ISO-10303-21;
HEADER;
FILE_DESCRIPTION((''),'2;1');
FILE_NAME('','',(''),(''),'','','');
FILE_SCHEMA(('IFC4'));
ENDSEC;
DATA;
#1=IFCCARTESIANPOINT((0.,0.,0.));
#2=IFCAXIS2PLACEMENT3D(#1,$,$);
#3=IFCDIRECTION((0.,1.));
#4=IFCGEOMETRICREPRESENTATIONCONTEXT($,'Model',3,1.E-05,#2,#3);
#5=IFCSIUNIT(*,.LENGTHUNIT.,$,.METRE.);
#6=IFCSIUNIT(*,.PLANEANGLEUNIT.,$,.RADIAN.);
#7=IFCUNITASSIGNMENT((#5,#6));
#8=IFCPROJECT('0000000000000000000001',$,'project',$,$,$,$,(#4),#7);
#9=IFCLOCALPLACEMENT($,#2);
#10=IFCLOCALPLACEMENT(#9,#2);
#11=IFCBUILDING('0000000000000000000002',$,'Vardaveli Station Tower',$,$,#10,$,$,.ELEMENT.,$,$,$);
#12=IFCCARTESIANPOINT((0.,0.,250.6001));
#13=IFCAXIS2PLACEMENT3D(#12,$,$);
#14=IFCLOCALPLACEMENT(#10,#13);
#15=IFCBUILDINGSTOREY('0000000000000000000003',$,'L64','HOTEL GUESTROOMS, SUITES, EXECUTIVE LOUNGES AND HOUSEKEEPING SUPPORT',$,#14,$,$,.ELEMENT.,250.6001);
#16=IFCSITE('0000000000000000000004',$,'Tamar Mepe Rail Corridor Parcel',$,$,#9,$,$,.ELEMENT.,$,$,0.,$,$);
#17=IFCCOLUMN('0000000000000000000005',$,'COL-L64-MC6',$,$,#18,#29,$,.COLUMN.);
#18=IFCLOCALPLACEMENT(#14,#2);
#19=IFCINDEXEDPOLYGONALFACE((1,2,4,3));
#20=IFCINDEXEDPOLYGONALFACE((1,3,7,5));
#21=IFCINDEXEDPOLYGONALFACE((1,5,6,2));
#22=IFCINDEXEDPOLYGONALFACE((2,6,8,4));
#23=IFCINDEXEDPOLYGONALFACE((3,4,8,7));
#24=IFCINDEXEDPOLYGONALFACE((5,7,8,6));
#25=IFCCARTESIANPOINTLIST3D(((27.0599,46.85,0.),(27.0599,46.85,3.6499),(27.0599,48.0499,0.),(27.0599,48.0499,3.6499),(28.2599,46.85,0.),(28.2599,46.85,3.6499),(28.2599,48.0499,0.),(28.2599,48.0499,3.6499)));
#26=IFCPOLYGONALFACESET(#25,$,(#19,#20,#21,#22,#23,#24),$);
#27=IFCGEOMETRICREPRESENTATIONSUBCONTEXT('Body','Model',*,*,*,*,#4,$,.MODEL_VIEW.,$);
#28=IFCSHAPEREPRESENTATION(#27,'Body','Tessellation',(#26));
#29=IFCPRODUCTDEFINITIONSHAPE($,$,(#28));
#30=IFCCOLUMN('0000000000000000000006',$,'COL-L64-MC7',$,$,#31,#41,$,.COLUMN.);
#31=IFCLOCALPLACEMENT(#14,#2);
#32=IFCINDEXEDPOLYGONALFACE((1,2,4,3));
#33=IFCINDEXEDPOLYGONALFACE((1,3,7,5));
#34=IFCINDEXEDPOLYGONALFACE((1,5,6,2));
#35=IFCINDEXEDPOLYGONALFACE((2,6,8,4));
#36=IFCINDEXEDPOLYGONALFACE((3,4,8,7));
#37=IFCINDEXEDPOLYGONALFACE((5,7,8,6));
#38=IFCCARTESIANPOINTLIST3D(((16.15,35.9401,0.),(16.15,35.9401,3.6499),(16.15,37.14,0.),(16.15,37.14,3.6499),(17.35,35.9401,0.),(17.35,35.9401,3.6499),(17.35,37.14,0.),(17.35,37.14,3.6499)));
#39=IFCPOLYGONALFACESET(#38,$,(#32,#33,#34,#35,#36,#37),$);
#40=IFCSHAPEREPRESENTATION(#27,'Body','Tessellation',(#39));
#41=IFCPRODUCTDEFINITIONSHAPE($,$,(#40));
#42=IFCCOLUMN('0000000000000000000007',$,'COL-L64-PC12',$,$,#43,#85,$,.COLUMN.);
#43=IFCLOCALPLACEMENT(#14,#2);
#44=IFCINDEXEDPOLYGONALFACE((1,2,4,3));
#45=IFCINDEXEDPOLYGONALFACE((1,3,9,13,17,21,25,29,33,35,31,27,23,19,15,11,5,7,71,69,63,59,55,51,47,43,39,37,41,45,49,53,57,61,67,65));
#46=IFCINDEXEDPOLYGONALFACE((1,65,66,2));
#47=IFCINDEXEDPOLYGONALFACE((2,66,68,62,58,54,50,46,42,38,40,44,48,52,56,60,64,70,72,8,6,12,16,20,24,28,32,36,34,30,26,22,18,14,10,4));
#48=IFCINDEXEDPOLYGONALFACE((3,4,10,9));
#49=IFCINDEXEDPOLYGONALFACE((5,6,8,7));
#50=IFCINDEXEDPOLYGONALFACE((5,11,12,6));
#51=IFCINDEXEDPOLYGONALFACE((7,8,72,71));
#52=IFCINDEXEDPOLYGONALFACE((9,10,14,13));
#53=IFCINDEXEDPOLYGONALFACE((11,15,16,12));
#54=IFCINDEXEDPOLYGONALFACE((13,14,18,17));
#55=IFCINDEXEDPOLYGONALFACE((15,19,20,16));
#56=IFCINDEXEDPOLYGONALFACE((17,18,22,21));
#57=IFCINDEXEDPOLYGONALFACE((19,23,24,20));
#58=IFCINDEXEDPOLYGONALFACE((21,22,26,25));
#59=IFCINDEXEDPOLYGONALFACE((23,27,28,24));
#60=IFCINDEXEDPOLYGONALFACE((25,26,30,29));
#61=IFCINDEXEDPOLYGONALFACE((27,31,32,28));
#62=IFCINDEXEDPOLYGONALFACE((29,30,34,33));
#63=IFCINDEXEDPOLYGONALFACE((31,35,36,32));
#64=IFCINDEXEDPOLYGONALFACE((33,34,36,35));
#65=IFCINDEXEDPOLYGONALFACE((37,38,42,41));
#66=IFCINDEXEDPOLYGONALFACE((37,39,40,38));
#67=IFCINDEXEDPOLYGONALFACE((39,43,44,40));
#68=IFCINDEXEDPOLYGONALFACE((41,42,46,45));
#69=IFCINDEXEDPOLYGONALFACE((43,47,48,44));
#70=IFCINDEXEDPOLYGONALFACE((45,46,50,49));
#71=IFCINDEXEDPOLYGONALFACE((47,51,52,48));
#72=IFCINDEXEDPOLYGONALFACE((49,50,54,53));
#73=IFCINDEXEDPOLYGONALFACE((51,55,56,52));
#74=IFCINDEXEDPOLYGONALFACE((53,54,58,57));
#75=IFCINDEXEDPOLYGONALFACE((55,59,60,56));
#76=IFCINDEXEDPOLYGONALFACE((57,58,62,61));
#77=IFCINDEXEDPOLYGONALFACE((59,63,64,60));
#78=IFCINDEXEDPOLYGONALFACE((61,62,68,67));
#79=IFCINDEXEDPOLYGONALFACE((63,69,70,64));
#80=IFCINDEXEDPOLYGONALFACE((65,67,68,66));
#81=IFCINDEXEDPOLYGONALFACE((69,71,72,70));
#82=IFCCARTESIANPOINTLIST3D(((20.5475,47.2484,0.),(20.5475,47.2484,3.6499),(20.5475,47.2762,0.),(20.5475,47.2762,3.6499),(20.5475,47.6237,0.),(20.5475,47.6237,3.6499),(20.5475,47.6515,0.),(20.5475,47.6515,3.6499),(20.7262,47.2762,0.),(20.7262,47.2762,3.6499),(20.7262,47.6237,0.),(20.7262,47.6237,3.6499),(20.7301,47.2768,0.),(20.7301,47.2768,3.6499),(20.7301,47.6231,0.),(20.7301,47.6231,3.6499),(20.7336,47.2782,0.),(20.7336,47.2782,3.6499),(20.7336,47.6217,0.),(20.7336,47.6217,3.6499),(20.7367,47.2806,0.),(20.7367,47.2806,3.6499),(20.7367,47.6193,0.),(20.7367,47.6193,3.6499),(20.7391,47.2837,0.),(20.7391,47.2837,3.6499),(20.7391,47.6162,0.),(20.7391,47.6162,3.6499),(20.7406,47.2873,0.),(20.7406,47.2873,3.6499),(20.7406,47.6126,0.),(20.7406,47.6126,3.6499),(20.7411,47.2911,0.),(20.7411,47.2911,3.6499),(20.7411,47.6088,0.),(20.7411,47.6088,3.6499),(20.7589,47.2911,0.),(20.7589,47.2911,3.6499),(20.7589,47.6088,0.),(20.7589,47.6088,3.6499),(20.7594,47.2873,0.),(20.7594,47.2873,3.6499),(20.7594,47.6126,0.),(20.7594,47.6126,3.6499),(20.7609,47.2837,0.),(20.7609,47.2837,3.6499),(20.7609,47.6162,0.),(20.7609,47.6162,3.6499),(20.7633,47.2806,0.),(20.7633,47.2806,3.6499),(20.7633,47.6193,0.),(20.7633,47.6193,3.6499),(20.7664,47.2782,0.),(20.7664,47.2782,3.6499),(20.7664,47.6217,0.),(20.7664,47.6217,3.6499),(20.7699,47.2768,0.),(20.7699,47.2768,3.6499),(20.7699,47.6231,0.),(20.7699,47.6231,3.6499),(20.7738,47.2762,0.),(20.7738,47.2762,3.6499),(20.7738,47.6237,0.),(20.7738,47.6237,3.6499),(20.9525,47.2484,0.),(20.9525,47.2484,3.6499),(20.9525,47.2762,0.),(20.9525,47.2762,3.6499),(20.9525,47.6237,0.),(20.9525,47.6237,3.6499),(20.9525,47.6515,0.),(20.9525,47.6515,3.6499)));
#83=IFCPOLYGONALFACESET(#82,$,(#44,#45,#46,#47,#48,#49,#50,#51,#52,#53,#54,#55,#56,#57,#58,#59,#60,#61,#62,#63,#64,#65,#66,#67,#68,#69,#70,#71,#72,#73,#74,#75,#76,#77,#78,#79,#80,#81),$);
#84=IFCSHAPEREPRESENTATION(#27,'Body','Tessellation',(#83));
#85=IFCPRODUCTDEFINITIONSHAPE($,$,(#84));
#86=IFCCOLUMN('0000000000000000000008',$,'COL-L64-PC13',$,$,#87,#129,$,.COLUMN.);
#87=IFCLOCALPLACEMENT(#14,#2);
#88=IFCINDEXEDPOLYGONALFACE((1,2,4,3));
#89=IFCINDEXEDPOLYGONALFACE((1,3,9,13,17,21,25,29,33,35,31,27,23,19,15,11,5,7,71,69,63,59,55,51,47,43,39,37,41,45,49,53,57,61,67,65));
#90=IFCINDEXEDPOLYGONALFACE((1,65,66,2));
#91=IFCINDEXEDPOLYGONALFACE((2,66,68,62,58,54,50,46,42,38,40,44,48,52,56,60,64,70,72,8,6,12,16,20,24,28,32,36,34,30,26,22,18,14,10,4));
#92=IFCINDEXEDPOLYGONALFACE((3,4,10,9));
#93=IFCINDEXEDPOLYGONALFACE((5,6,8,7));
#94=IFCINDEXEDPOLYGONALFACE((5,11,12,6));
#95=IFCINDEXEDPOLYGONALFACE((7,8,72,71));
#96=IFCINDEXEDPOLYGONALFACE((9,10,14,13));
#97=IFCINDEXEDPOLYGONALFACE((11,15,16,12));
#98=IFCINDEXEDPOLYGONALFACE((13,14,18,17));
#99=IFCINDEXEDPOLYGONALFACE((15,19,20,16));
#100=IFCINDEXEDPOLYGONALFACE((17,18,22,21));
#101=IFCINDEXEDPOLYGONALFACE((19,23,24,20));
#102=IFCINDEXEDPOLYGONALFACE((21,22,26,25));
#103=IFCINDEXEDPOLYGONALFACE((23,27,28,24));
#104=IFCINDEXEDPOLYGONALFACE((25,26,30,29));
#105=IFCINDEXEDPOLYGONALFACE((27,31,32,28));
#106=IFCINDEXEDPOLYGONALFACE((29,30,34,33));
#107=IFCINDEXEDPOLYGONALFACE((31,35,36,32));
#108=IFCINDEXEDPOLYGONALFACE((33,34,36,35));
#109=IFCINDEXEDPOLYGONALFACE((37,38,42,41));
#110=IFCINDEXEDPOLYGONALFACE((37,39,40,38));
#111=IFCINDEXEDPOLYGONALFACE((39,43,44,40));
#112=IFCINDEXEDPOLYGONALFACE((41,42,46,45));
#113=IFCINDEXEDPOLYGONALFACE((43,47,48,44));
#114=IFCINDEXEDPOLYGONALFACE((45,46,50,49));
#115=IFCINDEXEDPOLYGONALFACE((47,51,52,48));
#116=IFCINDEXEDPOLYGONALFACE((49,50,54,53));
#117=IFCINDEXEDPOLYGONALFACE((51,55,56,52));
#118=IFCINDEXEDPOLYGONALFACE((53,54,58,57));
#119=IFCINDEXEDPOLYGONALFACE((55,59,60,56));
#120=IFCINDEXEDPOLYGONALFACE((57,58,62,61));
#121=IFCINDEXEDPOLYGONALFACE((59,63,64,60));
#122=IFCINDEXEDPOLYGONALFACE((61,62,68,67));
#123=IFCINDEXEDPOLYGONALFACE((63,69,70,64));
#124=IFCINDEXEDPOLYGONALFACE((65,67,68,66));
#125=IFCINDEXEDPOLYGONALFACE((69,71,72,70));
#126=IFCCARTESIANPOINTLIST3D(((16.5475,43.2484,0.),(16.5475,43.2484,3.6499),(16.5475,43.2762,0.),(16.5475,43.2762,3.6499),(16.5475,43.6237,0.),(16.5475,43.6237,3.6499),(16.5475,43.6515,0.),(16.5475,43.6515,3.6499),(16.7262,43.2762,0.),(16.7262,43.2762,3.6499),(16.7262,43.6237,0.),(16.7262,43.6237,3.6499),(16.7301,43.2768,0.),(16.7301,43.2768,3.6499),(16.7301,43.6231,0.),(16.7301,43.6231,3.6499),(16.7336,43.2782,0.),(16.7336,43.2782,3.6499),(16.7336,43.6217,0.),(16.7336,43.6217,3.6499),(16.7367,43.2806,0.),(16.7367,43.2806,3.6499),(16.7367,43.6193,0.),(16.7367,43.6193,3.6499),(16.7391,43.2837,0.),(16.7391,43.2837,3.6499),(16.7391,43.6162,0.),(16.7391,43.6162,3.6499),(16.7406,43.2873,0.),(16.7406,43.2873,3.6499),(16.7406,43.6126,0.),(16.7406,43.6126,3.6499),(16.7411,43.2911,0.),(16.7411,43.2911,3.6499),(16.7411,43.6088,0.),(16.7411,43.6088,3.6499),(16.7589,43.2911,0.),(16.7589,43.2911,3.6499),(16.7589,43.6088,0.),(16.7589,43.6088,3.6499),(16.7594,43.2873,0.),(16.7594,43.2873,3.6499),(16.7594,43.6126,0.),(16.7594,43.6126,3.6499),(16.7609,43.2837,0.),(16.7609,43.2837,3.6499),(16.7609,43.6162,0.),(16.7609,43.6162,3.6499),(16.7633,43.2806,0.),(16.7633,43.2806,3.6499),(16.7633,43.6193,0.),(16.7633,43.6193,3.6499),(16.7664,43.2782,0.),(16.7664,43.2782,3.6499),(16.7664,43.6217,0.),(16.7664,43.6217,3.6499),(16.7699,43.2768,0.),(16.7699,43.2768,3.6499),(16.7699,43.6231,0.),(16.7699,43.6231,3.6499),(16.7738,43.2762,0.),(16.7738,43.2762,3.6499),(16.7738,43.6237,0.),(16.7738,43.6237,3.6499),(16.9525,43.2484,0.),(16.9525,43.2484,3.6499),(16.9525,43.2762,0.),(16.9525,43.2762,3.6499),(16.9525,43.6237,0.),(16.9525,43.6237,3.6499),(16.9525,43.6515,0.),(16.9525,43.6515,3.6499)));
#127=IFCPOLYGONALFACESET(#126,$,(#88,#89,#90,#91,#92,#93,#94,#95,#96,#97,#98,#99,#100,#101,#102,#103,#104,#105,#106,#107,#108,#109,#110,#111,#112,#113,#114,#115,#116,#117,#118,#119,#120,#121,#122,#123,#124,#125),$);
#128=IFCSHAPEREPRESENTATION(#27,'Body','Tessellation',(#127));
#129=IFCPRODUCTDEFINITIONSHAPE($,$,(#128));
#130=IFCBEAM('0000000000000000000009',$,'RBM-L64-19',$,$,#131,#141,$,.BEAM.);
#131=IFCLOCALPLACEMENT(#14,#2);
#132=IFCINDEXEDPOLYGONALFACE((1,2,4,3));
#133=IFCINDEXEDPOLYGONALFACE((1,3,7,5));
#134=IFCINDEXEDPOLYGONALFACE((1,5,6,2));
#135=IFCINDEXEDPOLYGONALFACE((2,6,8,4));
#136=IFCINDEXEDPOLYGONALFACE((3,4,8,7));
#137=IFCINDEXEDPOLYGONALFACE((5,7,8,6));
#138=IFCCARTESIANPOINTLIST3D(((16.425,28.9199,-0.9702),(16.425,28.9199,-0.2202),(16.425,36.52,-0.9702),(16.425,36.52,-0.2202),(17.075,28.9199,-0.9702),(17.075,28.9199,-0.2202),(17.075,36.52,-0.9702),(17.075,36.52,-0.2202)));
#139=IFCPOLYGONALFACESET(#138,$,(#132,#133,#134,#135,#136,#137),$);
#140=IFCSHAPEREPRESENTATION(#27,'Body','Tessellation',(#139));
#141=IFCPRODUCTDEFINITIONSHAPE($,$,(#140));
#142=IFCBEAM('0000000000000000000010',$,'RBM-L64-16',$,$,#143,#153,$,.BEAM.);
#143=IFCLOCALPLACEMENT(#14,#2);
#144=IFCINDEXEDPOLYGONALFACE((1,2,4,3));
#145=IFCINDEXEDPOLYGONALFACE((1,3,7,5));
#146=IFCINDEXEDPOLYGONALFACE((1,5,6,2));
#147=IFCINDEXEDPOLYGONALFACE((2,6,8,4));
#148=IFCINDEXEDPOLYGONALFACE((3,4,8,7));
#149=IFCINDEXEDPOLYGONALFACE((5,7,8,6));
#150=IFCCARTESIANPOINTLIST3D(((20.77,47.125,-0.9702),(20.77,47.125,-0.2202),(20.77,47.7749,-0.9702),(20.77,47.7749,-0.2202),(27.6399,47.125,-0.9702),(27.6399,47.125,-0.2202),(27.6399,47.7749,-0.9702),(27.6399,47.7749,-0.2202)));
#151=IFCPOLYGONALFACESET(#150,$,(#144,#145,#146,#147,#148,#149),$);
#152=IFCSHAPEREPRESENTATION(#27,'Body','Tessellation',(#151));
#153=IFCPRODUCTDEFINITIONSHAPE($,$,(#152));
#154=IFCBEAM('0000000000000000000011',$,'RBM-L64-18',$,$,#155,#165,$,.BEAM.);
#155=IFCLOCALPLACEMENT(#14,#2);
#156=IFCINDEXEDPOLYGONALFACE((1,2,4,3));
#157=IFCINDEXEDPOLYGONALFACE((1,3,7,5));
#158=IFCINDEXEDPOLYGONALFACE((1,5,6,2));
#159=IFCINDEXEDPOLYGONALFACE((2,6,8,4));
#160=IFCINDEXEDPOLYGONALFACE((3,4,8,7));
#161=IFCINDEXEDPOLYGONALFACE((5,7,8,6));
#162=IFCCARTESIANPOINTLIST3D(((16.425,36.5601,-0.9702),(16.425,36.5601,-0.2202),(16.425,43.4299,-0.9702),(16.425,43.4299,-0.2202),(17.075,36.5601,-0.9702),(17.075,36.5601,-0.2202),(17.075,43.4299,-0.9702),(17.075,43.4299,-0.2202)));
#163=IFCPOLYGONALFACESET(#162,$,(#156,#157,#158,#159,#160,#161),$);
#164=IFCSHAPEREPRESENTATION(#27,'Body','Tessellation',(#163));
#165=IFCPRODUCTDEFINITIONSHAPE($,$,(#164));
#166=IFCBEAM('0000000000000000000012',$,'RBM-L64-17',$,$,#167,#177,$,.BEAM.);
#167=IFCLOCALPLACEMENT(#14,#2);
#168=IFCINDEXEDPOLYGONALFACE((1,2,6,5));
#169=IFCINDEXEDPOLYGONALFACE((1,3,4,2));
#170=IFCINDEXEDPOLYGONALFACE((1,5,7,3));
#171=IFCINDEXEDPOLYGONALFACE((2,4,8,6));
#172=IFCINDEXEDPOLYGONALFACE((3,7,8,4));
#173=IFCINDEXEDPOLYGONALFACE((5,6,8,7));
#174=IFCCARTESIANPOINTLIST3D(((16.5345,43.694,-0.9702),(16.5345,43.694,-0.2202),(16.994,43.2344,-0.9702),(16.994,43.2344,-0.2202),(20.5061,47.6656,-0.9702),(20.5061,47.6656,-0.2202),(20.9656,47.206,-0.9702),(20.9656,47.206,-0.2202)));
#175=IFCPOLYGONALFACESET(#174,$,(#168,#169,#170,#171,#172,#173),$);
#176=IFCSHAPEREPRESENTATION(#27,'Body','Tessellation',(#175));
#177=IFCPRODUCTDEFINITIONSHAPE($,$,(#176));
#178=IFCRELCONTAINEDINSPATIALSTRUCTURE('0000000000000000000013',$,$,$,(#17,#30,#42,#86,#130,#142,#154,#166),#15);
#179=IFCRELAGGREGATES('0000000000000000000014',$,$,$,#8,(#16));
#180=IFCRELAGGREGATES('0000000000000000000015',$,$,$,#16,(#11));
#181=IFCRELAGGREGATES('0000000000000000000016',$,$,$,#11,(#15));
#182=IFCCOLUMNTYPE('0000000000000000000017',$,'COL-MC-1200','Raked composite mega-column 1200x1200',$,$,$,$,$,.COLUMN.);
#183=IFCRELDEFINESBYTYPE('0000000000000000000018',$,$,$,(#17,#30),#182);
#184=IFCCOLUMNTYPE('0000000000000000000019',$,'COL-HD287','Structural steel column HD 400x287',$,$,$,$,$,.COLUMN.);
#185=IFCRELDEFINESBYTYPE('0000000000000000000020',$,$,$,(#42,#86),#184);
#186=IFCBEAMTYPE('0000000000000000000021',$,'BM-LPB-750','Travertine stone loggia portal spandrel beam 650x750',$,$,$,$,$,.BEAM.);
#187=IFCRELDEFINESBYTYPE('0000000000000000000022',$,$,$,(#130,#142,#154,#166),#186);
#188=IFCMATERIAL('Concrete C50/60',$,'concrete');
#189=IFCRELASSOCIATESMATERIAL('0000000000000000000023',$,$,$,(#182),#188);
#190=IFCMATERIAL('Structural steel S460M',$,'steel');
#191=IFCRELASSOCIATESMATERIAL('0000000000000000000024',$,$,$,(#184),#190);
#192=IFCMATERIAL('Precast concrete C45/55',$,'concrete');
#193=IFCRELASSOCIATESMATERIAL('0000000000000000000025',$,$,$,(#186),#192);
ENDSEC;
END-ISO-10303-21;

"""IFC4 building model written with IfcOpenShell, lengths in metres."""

from ifc_helpers import new_model, si_unit, direction, frame, origin, origin_2d, place, context, subcontext, project, spatial, rectangle, i_section, extrude, source, transform, mapped, material, material_profile, profile_set, type_object, element, save


model = new_model("IFC4")

# Units and contexts
model_context = context("Model", 3, precision=1e-05, world=origin(), true_north=direction((0.0, 1.0)))
body_context = subcontext(model_context, "Body", "Model", "MODEL_VIEW")
ifc_project = project(units=[si_unit("LENGTHUNIT", "METRE"), si_unit("PLANEANGLEUNIT", "RADIAN")], contexts=[model_context])

# Site, building, storey
site_placement = place(None, origin())
site = spatial("IfcSite", under=ifc_project, at=site_placement, Name="Tamar Mepe Rail Corridor Parcel", CompositionType="ELEMENT", RefElevation=0.0)
building_placement = place(site_placement, origin())
building = spatial("IfcBuilding", under=site, at=building_placement, Name="Vardaveli Station Tower", CompositionType="ELEMENT")
storey_placement = place(building_placement, frame((0.0, 0.0, 250.6001)))
storey = spatial("IfcBuildingStorey", under=building, at=storey_placement, Name="L64", Description="HOTEL GUESTROOMS, SUITES, EXECUTIVE LOUNGES AND HOUSEKEEPING SUPPORT", CompositionType="ELEMENT", Elevation=250.6001)

# Columns
ifc_material_1 = material(Name="Concrete C50/60", Category="concrete")
ifc_material_profile_1 = material_profile(ifc_material_1, rectangle(XDim=1.2, YDim=1.2, at=origin_2d()), Name="MC 1200x1200")
ifc_profile_set_1 = profile_set([ifc_material_profile_1], Name="Concrete C50/60")
column_type_1 = type_object("IfcColumnType", Name="COL-MC-1200", Description="Raked composite mega-column 1200x1200", PredefinedType="COLUMN", material=ifc_profile_set_1)
shared_shape_1 = source(origin(), body_context, "Body", "SweptSolid", [
    extrude(rectangle(XDim=1.2, YDim=1.2, at=origin_2d()), origin(), (0.0, 0.0, 1.0), 3.6499),
])
for number, where, z_axis, x_axis, name in (
    (1, (27.6599, 47.45, 0.0), (0.0, 0.0, 1.0), (1.0, 0.0, 0.0), "COL-L64-MC6"),
    (2, (16.75, 36.54, 0.0), (0.0, 0.0, 1.0), (1.0, 0.0, 0.0), "COL-L64-MC7"),
):
    element("IfcColumn", number, at=place(storey_placement, frame(where, z_axis=z_axis, x_axis=x_axis)), inside=storey, type_object=column_type_1, Name=name, PredefinedType="COLUMN", context=body_context, shape_type="MappedRepresentation", body=[
        mapped(shared_shape_1, transform((0.0, 0.0, 0.0), scale=1.0)),
    ])
ifc_material_2 = material(Name="Structural steel S460M", Category="steel")
ifc_material_profile_2 = material_profile(ifc_material_2, i_section(OverallWidth=0.405, OverallDepth=0.4031, WebThickness=0.0178, FlangeThickness=0.0278, FilletRadius=0.0149, at=origin_2d()), Name="HD 400x287")
ifc_profile_set_2 = profile_set([ifc_material_profile_2], Name="Structural steel S460M")
column_type_2 = type_object("IfcColumnType", Name="COL-HD287", Description="Structural steel column HD 400x287", PredefinedType="COLUMN", material=ifc_profile_set_2)
shared_shape_2 = source(origin(), body_context, "Body", "SweptSolid", [
    extrude(i_section(OverallWidth=0.405, OverallDepth=0.4031, WebThickness=0.0178, FlangeThickness=0.0278, FilletRadius=0.0149, at=origin_2d()), origin(), (0.0, 0.0, 1.0), 3.6499),
])
for number, where, z_axis, x_axis, name in (
    (3, (20.75, 47.45, 0.0), (0.0, 0.0, 1.0), (1.0, 0.0, 0.0), "COL-L64-PC12"),
    (4, (16.75, 43.45, 0.0), (0.0, 0.0, 1.0), (1.0, 0.0, 0.0), "COL-L64-PC13"),
):
    element("IfcColumn", number, at=place(storey_placement, frame(where, z_axis=z_axis, x_axis=x_axis)), inside=storey, type_object=column_type_2, Name=name, PredefinedType="COLUMN", context=body_context, shape_type="MappedRepresentation", body=[
        mapped(shared_shape_2, transform((0.0, 0.0, 0.0), scale=1.0)),
    ])

# Beams
ifc_material_3 = material(Name="Precast concrete C45/55", Category="concrete")
ifc_material_profile_3 = material_profile(ifc_material_3, rectangle(XDim=0.6499, YDim=0.75, at=origin_2d()), Name="LPB 650x750")
ifc_profile_set_3 = profile_set([ifc_material_profile_3], Name="Precast concrete C45/55")
beam_type_1 = type_object("IfcBeamType", Name="BM-LPB-750", Description="Travertine stone loggia portal spandrel beam 650x750", PredefinedType="BEAM", material=ifc_profile_set_3)
shared_shape_3 = source(origin(), body_context, "Body", "SweptSolid", [
    extrude(rectangle(XDim=0.6499, YDim=0.75, at=origin_2d()), origin(), (0.0, 0.0, 1.0), 7.6001),
])
beam_1_placement = place(storey_placement, frame((16.75, 36.52, -0.5952), z_axis=(0.0, -1.0, 0.0), x_axis=(1.0, 0.0, 0.0)))
element("IfcBeam", 5, at=beam_1_placement, inside=storey, type_object=beam_type_1, Name="RBM-L64-19", PredefinedType="BEAM", context=body_context, shape_type="MappedRepresentation", body=[
    mapped(shared_shape_3, transform((0.0, 0.0, 0.0), scale=1.0)),
])
shared_shape_4 = source(origin(), body_context, "Body", "SweptSolid", [
    extrude(rectangle(XDim=0.6499, YDim=0.75, at=origin_2d()), origin(), (0.0, 0.0, 1.0), 6.8699),
])
for number, where, z_axis, x_axis, name in (
    (6, (27.6399, 47.45, -0.5952), (-1.0, 0.0, 0.0), (0.0, -1.0, 0.0), "RBM-L64-16"),
    (7, (16.75, 43.4299, -0.5952), (0.0, -1.0, 0.0), (1.0, 0.0, 0.0), "RBM-L64-18"),
):
    element("IfcBeam", number, at=place(storey_placement, frame(where, z_axis=z_axis, x_axis=x_axis)), inside=storey, type_object=beam_type_1, Name=name, PredefinedType="BEAM", context=body_context, shape_type="MappedRepresentation", body=[
        mapped(shared_shape_4, transform((0.0, 0.0, 0.0), scale=1.0)),
    ])
shared_shape_5 = source(origin(), body_context, "Body", "SweptSolid", [
    extrude(rectangle(XDim=0.6499, YDim=0.75, at=origin_2d()), origin(), (0.0, 0.0, 1.0), 5.6167),
])
beam_2_placement = place(storey_placement, frame((20.7358, 47.4358, -0.5952), z_axis=(-0.707107, -0.707107, 0.0), x_axis=(0.707107, -0.707107, 0.0)))
element("IfcBeam", 8, at=beam_2_placement, inside=storey, type_object=beam_type_1, Name="RBM-L64-17", PredefinedType="BEAM", context=body_context, shape_type="MappedRepresentation", body=[
    mapped(shared_shape_5, transform((0.0, 0.0, 0.0), scale=1.0)),
])

save(model, "model.ifc")
